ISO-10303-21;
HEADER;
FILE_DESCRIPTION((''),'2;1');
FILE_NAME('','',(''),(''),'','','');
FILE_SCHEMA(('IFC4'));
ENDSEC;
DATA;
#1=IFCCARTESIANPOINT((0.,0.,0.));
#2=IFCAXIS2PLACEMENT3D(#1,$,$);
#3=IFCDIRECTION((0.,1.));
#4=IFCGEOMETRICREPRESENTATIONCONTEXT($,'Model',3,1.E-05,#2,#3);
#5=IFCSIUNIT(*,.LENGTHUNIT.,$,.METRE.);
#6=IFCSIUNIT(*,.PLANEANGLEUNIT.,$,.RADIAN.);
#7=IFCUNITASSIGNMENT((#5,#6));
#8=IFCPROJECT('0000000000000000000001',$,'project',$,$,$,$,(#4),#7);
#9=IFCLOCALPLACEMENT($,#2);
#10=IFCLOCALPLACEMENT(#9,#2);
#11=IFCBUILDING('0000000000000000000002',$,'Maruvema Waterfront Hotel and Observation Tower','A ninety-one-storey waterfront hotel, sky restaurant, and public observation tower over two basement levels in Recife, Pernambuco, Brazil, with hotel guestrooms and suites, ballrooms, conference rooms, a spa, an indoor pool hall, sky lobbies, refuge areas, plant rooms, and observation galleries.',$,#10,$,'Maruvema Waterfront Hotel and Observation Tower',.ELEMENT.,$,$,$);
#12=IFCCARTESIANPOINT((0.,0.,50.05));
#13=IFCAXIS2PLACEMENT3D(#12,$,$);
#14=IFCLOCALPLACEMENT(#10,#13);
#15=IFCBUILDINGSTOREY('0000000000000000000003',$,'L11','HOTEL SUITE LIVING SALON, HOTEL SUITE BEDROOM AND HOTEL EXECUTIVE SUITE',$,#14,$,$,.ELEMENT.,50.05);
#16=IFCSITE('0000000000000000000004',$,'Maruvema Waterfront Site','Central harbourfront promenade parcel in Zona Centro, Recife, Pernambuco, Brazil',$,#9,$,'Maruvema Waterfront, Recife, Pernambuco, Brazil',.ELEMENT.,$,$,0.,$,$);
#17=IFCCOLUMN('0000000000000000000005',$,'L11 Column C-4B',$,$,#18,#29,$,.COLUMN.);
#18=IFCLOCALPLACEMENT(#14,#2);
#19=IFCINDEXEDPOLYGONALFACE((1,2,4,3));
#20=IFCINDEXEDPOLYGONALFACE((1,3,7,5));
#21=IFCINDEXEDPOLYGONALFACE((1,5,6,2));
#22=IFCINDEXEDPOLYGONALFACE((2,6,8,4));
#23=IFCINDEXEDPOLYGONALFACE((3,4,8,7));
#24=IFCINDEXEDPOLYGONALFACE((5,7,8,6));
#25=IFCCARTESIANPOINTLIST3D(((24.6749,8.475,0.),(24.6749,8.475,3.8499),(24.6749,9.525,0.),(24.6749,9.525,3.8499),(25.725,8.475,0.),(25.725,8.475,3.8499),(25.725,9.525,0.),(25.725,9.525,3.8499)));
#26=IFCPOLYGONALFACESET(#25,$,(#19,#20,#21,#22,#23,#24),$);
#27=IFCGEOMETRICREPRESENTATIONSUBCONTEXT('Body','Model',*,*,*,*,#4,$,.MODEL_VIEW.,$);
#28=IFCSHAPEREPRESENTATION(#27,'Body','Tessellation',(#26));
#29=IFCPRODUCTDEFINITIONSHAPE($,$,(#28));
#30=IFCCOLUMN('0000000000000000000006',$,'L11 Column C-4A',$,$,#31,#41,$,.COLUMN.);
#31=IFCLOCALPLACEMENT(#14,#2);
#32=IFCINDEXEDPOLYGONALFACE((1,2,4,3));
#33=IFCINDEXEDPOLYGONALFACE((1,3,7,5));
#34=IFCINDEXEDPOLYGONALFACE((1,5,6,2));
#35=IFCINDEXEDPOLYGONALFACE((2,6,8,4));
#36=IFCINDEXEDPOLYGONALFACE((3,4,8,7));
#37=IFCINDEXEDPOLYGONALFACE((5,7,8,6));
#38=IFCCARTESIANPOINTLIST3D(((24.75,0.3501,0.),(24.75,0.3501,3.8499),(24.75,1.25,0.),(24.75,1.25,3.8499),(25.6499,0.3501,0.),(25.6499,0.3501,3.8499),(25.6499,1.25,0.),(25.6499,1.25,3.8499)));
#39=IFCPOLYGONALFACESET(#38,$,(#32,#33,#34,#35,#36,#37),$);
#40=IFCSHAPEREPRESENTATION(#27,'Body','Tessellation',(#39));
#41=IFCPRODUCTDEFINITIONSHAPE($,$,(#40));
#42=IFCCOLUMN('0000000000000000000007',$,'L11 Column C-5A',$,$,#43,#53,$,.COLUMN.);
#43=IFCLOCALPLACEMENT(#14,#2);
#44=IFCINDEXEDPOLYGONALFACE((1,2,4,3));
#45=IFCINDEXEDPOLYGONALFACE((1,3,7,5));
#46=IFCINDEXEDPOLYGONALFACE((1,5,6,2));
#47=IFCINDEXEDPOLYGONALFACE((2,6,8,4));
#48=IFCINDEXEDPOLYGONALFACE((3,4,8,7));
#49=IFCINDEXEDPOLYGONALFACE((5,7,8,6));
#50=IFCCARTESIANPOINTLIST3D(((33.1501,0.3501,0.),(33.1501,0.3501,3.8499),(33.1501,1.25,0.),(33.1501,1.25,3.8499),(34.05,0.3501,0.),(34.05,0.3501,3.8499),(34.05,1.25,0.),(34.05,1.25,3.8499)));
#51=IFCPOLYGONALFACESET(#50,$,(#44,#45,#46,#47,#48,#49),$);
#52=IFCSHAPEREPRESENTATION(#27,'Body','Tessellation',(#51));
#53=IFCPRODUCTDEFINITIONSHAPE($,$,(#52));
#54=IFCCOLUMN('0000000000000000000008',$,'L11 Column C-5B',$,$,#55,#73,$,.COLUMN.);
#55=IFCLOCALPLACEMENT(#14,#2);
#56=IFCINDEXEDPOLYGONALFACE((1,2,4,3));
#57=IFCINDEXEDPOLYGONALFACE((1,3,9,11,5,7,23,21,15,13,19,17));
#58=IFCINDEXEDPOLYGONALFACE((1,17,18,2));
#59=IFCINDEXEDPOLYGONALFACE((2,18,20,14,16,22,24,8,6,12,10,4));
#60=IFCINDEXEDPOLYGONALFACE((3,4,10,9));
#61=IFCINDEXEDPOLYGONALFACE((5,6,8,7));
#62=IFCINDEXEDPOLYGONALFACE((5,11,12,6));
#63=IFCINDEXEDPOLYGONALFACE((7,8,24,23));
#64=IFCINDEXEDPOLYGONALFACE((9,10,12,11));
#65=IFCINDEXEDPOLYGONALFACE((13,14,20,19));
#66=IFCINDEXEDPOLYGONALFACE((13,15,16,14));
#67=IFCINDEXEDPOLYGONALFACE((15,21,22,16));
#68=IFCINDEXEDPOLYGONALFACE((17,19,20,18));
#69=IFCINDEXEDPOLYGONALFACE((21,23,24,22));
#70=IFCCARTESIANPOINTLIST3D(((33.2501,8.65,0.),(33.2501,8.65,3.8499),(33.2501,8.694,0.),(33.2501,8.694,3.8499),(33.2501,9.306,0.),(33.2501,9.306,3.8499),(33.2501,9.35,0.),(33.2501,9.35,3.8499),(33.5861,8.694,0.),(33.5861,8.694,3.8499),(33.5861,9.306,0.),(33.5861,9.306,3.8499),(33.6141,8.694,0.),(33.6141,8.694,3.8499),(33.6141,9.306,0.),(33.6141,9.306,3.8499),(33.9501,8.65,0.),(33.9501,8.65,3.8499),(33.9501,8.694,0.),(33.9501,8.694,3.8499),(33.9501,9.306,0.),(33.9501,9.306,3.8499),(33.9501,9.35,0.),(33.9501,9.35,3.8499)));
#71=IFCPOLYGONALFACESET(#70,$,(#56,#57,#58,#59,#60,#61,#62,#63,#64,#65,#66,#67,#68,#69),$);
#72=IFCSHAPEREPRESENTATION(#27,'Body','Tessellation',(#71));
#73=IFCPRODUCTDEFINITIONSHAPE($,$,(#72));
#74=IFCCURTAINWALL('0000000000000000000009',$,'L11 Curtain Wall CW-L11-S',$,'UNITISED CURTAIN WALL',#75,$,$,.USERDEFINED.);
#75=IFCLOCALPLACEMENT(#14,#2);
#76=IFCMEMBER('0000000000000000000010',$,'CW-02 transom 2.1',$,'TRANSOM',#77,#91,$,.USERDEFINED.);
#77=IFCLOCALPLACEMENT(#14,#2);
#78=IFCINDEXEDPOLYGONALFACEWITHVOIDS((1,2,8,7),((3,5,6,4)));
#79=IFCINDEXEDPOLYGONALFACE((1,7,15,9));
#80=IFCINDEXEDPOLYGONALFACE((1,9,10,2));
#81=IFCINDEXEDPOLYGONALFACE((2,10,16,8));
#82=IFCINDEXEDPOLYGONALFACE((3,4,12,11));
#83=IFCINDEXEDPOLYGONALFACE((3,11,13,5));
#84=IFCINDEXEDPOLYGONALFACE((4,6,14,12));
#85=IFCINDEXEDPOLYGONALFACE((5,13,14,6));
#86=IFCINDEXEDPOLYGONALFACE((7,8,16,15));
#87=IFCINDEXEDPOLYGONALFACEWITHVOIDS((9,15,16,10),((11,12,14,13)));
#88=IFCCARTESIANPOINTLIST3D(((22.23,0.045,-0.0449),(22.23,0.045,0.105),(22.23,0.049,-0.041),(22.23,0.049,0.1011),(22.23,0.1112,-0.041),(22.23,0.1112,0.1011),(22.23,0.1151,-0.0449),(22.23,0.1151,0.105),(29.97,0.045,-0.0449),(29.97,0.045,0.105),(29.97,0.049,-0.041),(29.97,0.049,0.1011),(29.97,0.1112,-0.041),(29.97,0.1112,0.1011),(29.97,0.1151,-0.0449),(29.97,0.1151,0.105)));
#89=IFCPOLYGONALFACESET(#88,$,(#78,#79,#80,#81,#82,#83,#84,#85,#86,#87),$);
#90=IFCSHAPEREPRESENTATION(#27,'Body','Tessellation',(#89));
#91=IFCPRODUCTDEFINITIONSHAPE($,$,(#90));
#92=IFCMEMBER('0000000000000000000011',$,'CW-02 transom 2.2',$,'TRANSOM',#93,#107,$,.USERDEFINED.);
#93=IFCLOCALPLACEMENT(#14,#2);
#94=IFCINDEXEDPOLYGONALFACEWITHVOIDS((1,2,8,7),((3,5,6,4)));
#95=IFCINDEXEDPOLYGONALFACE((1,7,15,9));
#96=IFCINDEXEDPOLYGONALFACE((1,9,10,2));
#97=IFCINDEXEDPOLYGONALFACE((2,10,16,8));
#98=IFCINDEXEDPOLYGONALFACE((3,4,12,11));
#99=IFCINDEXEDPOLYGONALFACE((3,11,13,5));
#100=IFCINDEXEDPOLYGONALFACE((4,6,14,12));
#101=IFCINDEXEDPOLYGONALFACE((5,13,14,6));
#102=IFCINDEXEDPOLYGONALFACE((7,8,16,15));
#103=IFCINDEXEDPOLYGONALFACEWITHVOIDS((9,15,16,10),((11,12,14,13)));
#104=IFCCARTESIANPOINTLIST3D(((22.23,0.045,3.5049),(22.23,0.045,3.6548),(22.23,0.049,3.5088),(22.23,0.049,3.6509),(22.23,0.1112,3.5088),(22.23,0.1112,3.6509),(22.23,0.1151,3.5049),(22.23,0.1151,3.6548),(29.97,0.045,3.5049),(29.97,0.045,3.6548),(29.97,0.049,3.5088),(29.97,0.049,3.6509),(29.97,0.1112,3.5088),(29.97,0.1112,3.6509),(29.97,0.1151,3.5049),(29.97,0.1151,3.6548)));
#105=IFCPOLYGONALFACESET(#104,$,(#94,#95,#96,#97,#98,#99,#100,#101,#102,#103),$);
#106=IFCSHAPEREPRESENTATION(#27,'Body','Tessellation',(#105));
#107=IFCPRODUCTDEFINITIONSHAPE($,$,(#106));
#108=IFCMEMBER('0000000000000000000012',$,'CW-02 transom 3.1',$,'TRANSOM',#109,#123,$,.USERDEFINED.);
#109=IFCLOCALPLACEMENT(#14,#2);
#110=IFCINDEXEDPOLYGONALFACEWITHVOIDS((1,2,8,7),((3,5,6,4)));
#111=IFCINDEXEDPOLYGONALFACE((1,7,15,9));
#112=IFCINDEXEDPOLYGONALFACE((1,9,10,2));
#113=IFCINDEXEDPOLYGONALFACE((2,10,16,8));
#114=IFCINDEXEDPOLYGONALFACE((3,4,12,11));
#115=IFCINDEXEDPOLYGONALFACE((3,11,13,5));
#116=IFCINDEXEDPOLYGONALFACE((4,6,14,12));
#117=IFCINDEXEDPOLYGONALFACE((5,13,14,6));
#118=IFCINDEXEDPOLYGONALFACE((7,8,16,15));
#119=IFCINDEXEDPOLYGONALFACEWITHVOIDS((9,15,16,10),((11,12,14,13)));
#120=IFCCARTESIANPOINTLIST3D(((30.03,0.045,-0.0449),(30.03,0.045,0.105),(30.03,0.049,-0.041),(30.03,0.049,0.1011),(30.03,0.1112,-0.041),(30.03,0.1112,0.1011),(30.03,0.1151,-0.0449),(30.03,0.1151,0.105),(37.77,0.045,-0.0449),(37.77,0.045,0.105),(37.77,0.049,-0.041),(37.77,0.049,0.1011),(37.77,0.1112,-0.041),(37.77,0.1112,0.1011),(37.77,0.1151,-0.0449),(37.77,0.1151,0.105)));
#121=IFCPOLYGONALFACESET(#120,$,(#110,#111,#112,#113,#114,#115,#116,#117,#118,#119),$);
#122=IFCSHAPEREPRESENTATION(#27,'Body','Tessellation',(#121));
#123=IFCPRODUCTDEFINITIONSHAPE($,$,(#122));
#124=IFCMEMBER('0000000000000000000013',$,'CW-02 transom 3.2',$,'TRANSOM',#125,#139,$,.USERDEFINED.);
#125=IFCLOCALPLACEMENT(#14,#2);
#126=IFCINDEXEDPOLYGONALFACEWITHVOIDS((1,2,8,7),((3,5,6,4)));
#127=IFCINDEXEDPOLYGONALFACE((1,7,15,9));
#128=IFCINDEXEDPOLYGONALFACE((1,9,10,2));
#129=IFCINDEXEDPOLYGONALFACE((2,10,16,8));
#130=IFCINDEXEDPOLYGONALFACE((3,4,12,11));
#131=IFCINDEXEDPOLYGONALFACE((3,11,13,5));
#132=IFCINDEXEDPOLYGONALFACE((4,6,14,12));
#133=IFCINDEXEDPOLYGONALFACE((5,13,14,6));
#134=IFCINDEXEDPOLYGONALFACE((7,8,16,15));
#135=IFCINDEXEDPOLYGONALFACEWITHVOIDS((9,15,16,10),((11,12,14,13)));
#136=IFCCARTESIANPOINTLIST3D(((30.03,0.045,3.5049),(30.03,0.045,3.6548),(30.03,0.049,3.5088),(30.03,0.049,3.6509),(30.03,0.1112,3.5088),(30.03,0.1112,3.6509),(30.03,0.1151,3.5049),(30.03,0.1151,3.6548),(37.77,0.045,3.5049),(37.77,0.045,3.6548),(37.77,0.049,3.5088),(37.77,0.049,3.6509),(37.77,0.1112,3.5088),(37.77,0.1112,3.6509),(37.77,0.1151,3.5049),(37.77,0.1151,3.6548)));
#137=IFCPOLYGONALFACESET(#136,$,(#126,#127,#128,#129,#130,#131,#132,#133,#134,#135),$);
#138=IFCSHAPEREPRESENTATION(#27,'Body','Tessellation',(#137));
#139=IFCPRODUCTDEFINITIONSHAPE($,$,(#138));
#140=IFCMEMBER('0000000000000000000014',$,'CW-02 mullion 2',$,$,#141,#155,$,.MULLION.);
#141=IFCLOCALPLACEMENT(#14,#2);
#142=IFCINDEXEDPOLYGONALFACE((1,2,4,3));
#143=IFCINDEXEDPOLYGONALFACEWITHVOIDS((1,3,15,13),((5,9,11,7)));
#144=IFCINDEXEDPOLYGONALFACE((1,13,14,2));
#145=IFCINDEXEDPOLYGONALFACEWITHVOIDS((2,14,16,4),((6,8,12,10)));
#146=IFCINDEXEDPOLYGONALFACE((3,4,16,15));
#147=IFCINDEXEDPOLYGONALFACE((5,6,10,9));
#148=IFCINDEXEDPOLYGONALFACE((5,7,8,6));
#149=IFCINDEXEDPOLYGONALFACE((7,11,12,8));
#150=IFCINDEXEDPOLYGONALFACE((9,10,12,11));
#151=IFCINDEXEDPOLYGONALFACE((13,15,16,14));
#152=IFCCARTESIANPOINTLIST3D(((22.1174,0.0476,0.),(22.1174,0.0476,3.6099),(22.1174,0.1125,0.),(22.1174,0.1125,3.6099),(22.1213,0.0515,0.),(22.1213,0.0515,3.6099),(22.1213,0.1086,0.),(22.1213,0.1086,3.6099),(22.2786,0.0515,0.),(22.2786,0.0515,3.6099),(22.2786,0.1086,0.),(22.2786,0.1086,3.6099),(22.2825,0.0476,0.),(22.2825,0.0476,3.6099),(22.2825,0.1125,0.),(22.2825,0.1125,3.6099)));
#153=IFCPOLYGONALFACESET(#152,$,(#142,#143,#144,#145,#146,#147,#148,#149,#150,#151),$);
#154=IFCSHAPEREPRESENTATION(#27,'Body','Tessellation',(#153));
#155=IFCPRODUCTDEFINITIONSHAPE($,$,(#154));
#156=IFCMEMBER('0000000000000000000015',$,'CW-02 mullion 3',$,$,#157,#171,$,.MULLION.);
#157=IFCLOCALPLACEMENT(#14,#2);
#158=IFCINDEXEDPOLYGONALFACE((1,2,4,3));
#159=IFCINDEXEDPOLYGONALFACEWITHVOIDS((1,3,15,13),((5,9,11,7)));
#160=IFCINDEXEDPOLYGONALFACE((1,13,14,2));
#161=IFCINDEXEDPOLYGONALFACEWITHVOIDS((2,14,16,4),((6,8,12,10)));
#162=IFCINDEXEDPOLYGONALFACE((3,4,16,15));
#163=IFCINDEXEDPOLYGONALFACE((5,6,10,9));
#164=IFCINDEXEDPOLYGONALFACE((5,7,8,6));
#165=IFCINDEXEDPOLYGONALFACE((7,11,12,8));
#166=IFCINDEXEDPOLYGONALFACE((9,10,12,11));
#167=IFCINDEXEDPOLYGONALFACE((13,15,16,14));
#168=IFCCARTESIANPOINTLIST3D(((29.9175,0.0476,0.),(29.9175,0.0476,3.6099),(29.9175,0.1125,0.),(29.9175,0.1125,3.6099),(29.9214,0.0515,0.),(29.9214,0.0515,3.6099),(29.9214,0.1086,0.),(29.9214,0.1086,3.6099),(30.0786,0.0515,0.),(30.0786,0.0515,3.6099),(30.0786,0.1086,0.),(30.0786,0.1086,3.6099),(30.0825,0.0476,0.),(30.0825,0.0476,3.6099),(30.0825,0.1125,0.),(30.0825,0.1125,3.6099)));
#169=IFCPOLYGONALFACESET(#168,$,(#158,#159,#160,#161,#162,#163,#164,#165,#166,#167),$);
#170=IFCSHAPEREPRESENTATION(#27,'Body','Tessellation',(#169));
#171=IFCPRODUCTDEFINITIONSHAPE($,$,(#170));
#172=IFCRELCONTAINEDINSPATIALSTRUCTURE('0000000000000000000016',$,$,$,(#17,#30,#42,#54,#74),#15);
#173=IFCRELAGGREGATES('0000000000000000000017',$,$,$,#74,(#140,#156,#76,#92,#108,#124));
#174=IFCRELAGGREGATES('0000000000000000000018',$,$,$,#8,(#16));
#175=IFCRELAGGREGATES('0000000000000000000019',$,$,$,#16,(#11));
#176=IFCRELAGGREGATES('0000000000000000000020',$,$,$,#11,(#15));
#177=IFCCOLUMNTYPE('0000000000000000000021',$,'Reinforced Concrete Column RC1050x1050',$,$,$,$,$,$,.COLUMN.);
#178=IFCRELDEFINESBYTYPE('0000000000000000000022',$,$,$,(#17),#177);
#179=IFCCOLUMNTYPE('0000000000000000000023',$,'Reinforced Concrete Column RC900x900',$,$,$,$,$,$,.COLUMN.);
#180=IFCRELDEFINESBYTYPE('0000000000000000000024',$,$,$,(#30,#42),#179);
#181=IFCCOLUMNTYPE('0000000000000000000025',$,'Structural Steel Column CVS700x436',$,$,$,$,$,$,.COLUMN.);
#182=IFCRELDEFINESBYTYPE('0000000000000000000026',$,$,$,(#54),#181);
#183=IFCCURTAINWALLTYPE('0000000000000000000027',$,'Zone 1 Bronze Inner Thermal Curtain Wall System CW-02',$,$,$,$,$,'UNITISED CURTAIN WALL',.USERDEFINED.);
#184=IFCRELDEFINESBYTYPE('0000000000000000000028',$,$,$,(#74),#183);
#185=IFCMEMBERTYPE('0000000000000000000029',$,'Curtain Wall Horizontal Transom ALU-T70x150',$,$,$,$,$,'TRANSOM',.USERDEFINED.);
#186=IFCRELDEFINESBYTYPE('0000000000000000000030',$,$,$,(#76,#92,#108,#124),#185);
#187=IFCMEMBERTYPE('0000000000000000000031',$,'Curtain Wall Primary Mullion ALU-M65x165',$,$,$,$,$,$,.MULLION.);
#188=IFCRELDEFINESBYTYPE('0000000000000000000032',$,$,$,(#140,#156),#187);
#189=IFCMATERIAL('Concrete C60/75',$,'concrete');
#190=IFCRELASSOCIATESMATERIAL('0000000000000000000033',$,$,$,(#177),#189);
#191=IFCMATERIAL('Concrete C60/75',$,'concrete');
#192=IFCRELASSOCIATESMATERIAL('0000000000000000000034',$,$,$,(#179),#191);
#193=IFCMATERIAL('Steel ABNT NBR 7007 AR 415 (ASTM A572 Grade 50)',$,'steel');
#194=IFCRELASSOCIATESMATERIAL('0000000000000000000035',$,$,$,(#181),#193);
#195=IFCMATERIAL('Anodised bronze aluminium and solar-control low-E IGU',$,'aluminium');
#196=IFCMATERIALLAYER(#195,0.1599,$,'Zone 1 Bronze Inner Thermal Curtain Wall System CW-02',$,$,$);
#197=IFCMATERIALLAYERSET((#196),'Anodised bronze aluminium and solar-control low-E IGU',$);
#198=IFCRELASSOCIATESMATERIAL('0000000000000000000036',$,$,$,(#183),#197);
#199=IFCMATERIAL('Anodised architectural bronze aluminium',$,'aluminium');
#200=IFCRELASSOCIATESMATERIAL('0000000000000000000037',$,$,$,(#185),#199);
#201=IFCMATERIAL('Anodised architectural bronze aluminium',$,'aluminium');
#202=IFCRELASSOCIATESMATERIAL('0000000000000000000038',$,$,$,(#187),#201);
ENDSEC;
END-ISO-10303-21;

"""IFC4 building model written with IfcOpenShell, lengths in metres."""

from ifc_helpers import new_model, si_unit, direction, frame, origin, origin_2d, place, context, subcontext, project, spatial, rectangle, hollow_rectangle, i_section, extrude, material, layer, layer_set, material_profile, profile_set, type_object, element, aggregate, save


model = new_model("IFC4")

# Units and contexts
model_context = context("Model", 3, precision=1e-05, world=origin(), true_north=direction((0.0, 1.0)))
body_context = subcontext(model_context, "Body", "Model", "MODEL_VIEW")
ifc_project = project(units=[si_unit("LENGTHUNIT", "METRE"), si_unit("PLANEANGLEUNIT", "RADIAN")], contexts=[model_context])

# Site, building, storey
site_placement = place(None, origin())
site = spatial("IfcSite", under=ifc_project, at=site_placement, Name="Maruvema Waterfront Site", Description="Central harbourfront promenade parcel in Zona Centro, Recife, Pernambuco, Brazil", LongName="Maruvema Waterfront, Recife, Pernambuco, Brazil", CompositionType="ELEMENT", RefElevation=0.0)
building_placement = place(site_placement, origin())
building = spatial("IfcBuilding", under=site, at=building_placement, Name="Maruvema Waterfront Hotel and Observation Tower", Description="A ninety-one-storey waterfront hotel, sky restaurant, and public observation tower over two basement levels in Recife, Pernambuco, Brazil, with hotel guestrooms and suites, ballrooms, conference rooms, a spa, an indoor pool hall, sky lobbies, refuge areas, plant rooms, and observation galleries.", LongName="Maruvema Waterfront Hotel and Observation Tower", CompositionType="ELEMENT")
storey_placement = place(building_placement, frame((0.0, 0.0, 50.05)))
storey = spatial("IfcBuildingStorey", under=building, at=storey_placement, Name="L11", Description="HOTEL SUITE LIVING SALON, HOTEL SUITE BEDROOM AND HOTEL EXECUTIVE SUITE", CompositionType="ELEMENT", Elevation=50.05)

# Columns
ifc_material_1 = material(Name="Concrete C60/75", Category="concrete")
ifc_material_profile_1 = material_profile(ifc_material_1, rectangle(XDim=1.05, YDim=1.05, at=origin_2d()), Name="RC1050x1050")
ifc_profile_set_1 = profile_set([ifc_material_profile_1], Name="Concrete C60/75")
column_type_1 = type_object("IfcColumnType", Name="Reinforced Concrete Column RC1050x1050", PredefinedType="COLUMN", material=ifc_profile_set_1)
column_1_placement = place(storey_placement, frame((25.2, 9.0, 0.0), z_axis=(0.0, 0.0, 1.0), x_axis=(1.0, 0.0, 0.0)))
element("IfcColumn", 1, at=column_1_placement, inside=storey, type_object=column_type_1, Name="L11 Column C-4B", PredefinedType="COLUMN", context=body_context, shape_type="SweptSolid", body=[
    extrude(rectangle(XDim=1.05, YDim=1.05, at=origin_2d()), origin(), (0.0, 0.0, 1.0), 3.8499),
])
ifc_material_2 = material(Name="Concrete C60/75", Category="concrete")
ifc_material_profile_2 = material_profile(ifc_material_2, rectangle(XDim=0.8999, YDim=0.8999, at=origin_2d()), Name="RC900x900")
ifc_profile_set_2 = profile_set([ifc_material_profile_2], Name="Concrete C60/75")
column_type_2 = type_object("IfcColumnType", Name="Reinforced Concrete Column RC900x900", PredefinedType="COLUMN", material=ifc_profile_set_2)
for number, where, z_axis, x_axis, name in (
    (2, (25.2, 0.8, 0.0), (0.0, 0.0, 1.0), (1.0, 0.0, 0.0), "L11 Column C-4A"),
    (3, (33.6001, 0.8, 0.0), (0.0, 0.0, 1.0), (1.0, 0.0, 0.0), "L11 Column C-5A"),
):
    element("IfcColumn", number, at=place(storey_placement, frame(where, z_axis=z_axis, x_axis=x_axis)), inside=storey, type_object=column_type_2, Name=name, PredefinedType="COLUMN", context=body_context, shape_type="SweptSolid", body=[
        extrude(rectangle(XDim=0.8999, YDim=0.8999, at=origin_2d()), origin(), (0.0, 0.0, 1.0), 3.8499),
    ])
ifc_material_3 = material(Name="Steel ABNT NBR 7007 AR 415 (ASTM A572 Grade 50)", Category="steel")
ifc_material_profile_3 = material_profile(ifc_material_3, i_section(OverallWidth=0.7, OverallDepth=0.7, WebThickness=0.0281, FlangeThickness=0.0439, at=origin_2d()), Name="CVS700x436")
ifc_profile_set_3 = profile_set([ifc_material_profile_3], Name="Steel ABNT NBR 7007 AR 415 (ASTM A572 Grade 50)")
column_type_3 = type_object("IfcColumnType", Name="Structural Steel Column CVS700x436", PredefinedType="COLUMN", material=ifc_profile_set_3)
column_2_placement = place(storey_placement, frame((33.6001, 9.0, 0.0), z_axis=(0.0, 0.0, 1.0), x_axis=(1.0, 0.0, 0.0)))
element("IfcColumn", 4, at=column_2_placement, inside=storey, type_object=column_type_3, Name="L11 Column C-5B", PredefinedType="COLUMN", context=body_context, shape_type="SweptSolid", body=[
    extrude(i_section(OverallWidth=0.7, OverallDepth=0.7, WebThickness=0.0281, FlangeThickness=0.0439, at=origin_2d()), origin(), (0.0, 0.0, 1.0), 3.8499),
])

# Curtain wall, members
ifc_material_4 = material(Name="Anodised bronze aluminium and solar-control low-E IGU", Category="aluminium")
ifc_layer_1 = layer(ifc_material_4, 0.1599, Name="Zone 1 Bronze Inner Thermal Curtain Wall System CW-02")
ifc_layer_set_1 = layer_set([ifc_layer_1], Name="Anodised bronze aluminium and solar-control low-E IGU")
curtain_wall_type = type_object("IfcCurtainWallType", Name="Zone 1 Bronze Inner Thermal Curtain Wall System CW-02", ElementType="UNITISED CURTAIN WALL", PredefinedType="USERDEFINED", material=ifc_layer_set_1)
curtain_wall_placement = place(storey_placement, origin())
curtain_wall = element("IfcCurtainWall", 5, at=curtain_wall_placement, inside=storey, type_object=curtain_wall_type, Name="L11 Curtain Wall CW-L11-S", ObjectType="UNITISED CURTAIN WALL", PredefinedType="USERDEFINED")
ifc_material_5 = material(Name="Anodised architectural bronze aluminium", Category="aluminium")
ifc_material_profile_4 = material_profile(ifc_material_5, hollow_rectangle(XDim=0.0701, YDim=0.1499, WallThickness=0.0039, at=origin_2d()), Name="ALU-T70x150")
ifc_profile_set_4 = profile_set([ifc_material_profile_4], Name="Anodised architectural bronze aluminium")
member_type_1 = type_object("IfcMemberType", Name="Curtain Wall Horizontal Transom ALU-T70x150", ElementType="TRANSOM", PredefinedType="USERDEFINED", material=ifc_profile_set_4)
member_1_placement = place(storey_placement, frame((22.23, 0.0801, 0.03), z_axis=(1.0, 0.0, 0.0), x_axis=(0.0, 1.0, 0.0)))
member_1 = element("IfcMember", 6, at=member_1_placement, type_object=member_type_1, Name="CW-02 transom 2.1", ObjectType="TRANSOM", PredefinedType="USERDEFINED", context=body_context, shape_type="SweptSolid", body=[
    extrude(hollow_rectangle(XDim=0.0701, YDim=0.1499, WallThickness=0.0039, at=origin_2d()), origin(), (0.0, 0.0, 1.0), 7.74),
])
member_2_placement = place(storey_placement, frame((22.23, 0.0801, 3.5798), z_axis=(1.0, 0.0, 0.0), x_axis=(0.0, 1.0, 0.0)))
member_2 = element("IfcMember", 7, at=member_2_placement, type_object=member_type_1, Name="CW-02 transom 2.2", ObjectType="TRANSOM", PredefinedType="USERDEFINED", context=body_context, shape_type="SweptSolid", body=[
    extrude(hollow_rectangle(XDim=0.0701, YDim=0.1499, WallThickness=0.0039, at=origin_2d()), origin(), (0.0, 0.0, 1.0), 7.74),
])
member_3_placement = place(storey_placement, frame((30.03, 0.0801, 0.03), z_axis=(1.0, 0.0, 0.0), x_axis=(0.0, 1.0, 0.0)))
member_3 = element("IfcMember", 8, at=member_3_placement, type_object=member_type_1, Name="CW-02 transom 3.1", ObjectType="TRANSOM", PredefinedType="USERDEFINED", context=body_context, shape_type="SweptSolid", body=[
    extrude(hollow_rectangle(XDim=0.0701, YDim=0.1499, WallThickness=0.0039, at=origin_2d()), origin(), (0.0, 0.0, 1.0), 7.74),
])
member_4_placement = place(storey_placement, frame((30.03, 0.0801, 3.5798), z_axis=(1.0, 0.0, 0.0), x_axis=(0.0, 1.0, 0.0)))
member_4 = element("IfcMember", 9, at=member_4_placement, type_object=member_type_1, Name="CW-02 transom 3.2", ObjectType="TRANSOM", PredefinedType="USERDEFINED", context=body_context, shape_type="SweptSolid", body=[
    extrude(hollow_rectangle(XDim=0.0701, YDim=0.1499, WallThickness=0.0039, at=origin_2d()), origin(), (0.0, 0.0, 1.0), 7.74),
])
ifc_material_6 = material(Name="Anodised architectural bronze aluminium", Category="aluminium")
ifc_material_profile_5 = material_profile(ifc_material_6, hollow_rectangle(XDim=0.0649, YDim=0.165, WallThickness=0.0039, at=origin_2d()), Name="ALU-M65x165")
ifc_profile_set_5 = profile_set([ifc_material_profile_5], Name="Anodised architectural bronze aluminium")
member_type_2 = type_object("IfcMemberType", Name="Curtain Wall Primary Mullion ALU-M65x165", PredefinedType="MULLION", material=ifc_profile_set_5)
member_5_placement = place(storey_placement, frame((22.2, 0.0801, 0.0), z_axis=(0.0, 0.0, 1.0), x_axis=(0.0, 1.0, 0.0)))
member_5 = element("IfcMember", 10, at=member_5_placement, type_object=member_type_2, Name="CW-02 mullion 2", PredefinedType="MULLION", context=body_context, shape_type="SweptSolid", body=[
    extrude(hollow_rectangle(XDim=0.0649, YDim=0.165, WallThickness=0.0039, at=origin_2d()), origin(), (0.0, 0.0, 1.0), 3.6099),
])
member_6_placement = place(storey_placement, frame((30.0, 0.0801, 0.0), z_axis=(0.0, 0.0, 1.0), x_axis=(0.0, 1.0, 0.0)))
member_6 = element("IfcMember", 11, at=member_6_placement, type_object=member_type_2, Name="CW-02 mullion 3", PredefinedType="MULLION", context=body_context, shape_type="SweptSolid", body=[
    extrude(hollow_rectangle(XDim=0.0649, YDim=0.165, WallThickness=0.0039, at=origin_2d()), origin(), (0.0, 0.0, 1.0), 3.6099),
])

aggregate(curtain_wall, [member_5, member_6, member_1, member_2, member_3, member_4])

save(model, "model.ifc")
